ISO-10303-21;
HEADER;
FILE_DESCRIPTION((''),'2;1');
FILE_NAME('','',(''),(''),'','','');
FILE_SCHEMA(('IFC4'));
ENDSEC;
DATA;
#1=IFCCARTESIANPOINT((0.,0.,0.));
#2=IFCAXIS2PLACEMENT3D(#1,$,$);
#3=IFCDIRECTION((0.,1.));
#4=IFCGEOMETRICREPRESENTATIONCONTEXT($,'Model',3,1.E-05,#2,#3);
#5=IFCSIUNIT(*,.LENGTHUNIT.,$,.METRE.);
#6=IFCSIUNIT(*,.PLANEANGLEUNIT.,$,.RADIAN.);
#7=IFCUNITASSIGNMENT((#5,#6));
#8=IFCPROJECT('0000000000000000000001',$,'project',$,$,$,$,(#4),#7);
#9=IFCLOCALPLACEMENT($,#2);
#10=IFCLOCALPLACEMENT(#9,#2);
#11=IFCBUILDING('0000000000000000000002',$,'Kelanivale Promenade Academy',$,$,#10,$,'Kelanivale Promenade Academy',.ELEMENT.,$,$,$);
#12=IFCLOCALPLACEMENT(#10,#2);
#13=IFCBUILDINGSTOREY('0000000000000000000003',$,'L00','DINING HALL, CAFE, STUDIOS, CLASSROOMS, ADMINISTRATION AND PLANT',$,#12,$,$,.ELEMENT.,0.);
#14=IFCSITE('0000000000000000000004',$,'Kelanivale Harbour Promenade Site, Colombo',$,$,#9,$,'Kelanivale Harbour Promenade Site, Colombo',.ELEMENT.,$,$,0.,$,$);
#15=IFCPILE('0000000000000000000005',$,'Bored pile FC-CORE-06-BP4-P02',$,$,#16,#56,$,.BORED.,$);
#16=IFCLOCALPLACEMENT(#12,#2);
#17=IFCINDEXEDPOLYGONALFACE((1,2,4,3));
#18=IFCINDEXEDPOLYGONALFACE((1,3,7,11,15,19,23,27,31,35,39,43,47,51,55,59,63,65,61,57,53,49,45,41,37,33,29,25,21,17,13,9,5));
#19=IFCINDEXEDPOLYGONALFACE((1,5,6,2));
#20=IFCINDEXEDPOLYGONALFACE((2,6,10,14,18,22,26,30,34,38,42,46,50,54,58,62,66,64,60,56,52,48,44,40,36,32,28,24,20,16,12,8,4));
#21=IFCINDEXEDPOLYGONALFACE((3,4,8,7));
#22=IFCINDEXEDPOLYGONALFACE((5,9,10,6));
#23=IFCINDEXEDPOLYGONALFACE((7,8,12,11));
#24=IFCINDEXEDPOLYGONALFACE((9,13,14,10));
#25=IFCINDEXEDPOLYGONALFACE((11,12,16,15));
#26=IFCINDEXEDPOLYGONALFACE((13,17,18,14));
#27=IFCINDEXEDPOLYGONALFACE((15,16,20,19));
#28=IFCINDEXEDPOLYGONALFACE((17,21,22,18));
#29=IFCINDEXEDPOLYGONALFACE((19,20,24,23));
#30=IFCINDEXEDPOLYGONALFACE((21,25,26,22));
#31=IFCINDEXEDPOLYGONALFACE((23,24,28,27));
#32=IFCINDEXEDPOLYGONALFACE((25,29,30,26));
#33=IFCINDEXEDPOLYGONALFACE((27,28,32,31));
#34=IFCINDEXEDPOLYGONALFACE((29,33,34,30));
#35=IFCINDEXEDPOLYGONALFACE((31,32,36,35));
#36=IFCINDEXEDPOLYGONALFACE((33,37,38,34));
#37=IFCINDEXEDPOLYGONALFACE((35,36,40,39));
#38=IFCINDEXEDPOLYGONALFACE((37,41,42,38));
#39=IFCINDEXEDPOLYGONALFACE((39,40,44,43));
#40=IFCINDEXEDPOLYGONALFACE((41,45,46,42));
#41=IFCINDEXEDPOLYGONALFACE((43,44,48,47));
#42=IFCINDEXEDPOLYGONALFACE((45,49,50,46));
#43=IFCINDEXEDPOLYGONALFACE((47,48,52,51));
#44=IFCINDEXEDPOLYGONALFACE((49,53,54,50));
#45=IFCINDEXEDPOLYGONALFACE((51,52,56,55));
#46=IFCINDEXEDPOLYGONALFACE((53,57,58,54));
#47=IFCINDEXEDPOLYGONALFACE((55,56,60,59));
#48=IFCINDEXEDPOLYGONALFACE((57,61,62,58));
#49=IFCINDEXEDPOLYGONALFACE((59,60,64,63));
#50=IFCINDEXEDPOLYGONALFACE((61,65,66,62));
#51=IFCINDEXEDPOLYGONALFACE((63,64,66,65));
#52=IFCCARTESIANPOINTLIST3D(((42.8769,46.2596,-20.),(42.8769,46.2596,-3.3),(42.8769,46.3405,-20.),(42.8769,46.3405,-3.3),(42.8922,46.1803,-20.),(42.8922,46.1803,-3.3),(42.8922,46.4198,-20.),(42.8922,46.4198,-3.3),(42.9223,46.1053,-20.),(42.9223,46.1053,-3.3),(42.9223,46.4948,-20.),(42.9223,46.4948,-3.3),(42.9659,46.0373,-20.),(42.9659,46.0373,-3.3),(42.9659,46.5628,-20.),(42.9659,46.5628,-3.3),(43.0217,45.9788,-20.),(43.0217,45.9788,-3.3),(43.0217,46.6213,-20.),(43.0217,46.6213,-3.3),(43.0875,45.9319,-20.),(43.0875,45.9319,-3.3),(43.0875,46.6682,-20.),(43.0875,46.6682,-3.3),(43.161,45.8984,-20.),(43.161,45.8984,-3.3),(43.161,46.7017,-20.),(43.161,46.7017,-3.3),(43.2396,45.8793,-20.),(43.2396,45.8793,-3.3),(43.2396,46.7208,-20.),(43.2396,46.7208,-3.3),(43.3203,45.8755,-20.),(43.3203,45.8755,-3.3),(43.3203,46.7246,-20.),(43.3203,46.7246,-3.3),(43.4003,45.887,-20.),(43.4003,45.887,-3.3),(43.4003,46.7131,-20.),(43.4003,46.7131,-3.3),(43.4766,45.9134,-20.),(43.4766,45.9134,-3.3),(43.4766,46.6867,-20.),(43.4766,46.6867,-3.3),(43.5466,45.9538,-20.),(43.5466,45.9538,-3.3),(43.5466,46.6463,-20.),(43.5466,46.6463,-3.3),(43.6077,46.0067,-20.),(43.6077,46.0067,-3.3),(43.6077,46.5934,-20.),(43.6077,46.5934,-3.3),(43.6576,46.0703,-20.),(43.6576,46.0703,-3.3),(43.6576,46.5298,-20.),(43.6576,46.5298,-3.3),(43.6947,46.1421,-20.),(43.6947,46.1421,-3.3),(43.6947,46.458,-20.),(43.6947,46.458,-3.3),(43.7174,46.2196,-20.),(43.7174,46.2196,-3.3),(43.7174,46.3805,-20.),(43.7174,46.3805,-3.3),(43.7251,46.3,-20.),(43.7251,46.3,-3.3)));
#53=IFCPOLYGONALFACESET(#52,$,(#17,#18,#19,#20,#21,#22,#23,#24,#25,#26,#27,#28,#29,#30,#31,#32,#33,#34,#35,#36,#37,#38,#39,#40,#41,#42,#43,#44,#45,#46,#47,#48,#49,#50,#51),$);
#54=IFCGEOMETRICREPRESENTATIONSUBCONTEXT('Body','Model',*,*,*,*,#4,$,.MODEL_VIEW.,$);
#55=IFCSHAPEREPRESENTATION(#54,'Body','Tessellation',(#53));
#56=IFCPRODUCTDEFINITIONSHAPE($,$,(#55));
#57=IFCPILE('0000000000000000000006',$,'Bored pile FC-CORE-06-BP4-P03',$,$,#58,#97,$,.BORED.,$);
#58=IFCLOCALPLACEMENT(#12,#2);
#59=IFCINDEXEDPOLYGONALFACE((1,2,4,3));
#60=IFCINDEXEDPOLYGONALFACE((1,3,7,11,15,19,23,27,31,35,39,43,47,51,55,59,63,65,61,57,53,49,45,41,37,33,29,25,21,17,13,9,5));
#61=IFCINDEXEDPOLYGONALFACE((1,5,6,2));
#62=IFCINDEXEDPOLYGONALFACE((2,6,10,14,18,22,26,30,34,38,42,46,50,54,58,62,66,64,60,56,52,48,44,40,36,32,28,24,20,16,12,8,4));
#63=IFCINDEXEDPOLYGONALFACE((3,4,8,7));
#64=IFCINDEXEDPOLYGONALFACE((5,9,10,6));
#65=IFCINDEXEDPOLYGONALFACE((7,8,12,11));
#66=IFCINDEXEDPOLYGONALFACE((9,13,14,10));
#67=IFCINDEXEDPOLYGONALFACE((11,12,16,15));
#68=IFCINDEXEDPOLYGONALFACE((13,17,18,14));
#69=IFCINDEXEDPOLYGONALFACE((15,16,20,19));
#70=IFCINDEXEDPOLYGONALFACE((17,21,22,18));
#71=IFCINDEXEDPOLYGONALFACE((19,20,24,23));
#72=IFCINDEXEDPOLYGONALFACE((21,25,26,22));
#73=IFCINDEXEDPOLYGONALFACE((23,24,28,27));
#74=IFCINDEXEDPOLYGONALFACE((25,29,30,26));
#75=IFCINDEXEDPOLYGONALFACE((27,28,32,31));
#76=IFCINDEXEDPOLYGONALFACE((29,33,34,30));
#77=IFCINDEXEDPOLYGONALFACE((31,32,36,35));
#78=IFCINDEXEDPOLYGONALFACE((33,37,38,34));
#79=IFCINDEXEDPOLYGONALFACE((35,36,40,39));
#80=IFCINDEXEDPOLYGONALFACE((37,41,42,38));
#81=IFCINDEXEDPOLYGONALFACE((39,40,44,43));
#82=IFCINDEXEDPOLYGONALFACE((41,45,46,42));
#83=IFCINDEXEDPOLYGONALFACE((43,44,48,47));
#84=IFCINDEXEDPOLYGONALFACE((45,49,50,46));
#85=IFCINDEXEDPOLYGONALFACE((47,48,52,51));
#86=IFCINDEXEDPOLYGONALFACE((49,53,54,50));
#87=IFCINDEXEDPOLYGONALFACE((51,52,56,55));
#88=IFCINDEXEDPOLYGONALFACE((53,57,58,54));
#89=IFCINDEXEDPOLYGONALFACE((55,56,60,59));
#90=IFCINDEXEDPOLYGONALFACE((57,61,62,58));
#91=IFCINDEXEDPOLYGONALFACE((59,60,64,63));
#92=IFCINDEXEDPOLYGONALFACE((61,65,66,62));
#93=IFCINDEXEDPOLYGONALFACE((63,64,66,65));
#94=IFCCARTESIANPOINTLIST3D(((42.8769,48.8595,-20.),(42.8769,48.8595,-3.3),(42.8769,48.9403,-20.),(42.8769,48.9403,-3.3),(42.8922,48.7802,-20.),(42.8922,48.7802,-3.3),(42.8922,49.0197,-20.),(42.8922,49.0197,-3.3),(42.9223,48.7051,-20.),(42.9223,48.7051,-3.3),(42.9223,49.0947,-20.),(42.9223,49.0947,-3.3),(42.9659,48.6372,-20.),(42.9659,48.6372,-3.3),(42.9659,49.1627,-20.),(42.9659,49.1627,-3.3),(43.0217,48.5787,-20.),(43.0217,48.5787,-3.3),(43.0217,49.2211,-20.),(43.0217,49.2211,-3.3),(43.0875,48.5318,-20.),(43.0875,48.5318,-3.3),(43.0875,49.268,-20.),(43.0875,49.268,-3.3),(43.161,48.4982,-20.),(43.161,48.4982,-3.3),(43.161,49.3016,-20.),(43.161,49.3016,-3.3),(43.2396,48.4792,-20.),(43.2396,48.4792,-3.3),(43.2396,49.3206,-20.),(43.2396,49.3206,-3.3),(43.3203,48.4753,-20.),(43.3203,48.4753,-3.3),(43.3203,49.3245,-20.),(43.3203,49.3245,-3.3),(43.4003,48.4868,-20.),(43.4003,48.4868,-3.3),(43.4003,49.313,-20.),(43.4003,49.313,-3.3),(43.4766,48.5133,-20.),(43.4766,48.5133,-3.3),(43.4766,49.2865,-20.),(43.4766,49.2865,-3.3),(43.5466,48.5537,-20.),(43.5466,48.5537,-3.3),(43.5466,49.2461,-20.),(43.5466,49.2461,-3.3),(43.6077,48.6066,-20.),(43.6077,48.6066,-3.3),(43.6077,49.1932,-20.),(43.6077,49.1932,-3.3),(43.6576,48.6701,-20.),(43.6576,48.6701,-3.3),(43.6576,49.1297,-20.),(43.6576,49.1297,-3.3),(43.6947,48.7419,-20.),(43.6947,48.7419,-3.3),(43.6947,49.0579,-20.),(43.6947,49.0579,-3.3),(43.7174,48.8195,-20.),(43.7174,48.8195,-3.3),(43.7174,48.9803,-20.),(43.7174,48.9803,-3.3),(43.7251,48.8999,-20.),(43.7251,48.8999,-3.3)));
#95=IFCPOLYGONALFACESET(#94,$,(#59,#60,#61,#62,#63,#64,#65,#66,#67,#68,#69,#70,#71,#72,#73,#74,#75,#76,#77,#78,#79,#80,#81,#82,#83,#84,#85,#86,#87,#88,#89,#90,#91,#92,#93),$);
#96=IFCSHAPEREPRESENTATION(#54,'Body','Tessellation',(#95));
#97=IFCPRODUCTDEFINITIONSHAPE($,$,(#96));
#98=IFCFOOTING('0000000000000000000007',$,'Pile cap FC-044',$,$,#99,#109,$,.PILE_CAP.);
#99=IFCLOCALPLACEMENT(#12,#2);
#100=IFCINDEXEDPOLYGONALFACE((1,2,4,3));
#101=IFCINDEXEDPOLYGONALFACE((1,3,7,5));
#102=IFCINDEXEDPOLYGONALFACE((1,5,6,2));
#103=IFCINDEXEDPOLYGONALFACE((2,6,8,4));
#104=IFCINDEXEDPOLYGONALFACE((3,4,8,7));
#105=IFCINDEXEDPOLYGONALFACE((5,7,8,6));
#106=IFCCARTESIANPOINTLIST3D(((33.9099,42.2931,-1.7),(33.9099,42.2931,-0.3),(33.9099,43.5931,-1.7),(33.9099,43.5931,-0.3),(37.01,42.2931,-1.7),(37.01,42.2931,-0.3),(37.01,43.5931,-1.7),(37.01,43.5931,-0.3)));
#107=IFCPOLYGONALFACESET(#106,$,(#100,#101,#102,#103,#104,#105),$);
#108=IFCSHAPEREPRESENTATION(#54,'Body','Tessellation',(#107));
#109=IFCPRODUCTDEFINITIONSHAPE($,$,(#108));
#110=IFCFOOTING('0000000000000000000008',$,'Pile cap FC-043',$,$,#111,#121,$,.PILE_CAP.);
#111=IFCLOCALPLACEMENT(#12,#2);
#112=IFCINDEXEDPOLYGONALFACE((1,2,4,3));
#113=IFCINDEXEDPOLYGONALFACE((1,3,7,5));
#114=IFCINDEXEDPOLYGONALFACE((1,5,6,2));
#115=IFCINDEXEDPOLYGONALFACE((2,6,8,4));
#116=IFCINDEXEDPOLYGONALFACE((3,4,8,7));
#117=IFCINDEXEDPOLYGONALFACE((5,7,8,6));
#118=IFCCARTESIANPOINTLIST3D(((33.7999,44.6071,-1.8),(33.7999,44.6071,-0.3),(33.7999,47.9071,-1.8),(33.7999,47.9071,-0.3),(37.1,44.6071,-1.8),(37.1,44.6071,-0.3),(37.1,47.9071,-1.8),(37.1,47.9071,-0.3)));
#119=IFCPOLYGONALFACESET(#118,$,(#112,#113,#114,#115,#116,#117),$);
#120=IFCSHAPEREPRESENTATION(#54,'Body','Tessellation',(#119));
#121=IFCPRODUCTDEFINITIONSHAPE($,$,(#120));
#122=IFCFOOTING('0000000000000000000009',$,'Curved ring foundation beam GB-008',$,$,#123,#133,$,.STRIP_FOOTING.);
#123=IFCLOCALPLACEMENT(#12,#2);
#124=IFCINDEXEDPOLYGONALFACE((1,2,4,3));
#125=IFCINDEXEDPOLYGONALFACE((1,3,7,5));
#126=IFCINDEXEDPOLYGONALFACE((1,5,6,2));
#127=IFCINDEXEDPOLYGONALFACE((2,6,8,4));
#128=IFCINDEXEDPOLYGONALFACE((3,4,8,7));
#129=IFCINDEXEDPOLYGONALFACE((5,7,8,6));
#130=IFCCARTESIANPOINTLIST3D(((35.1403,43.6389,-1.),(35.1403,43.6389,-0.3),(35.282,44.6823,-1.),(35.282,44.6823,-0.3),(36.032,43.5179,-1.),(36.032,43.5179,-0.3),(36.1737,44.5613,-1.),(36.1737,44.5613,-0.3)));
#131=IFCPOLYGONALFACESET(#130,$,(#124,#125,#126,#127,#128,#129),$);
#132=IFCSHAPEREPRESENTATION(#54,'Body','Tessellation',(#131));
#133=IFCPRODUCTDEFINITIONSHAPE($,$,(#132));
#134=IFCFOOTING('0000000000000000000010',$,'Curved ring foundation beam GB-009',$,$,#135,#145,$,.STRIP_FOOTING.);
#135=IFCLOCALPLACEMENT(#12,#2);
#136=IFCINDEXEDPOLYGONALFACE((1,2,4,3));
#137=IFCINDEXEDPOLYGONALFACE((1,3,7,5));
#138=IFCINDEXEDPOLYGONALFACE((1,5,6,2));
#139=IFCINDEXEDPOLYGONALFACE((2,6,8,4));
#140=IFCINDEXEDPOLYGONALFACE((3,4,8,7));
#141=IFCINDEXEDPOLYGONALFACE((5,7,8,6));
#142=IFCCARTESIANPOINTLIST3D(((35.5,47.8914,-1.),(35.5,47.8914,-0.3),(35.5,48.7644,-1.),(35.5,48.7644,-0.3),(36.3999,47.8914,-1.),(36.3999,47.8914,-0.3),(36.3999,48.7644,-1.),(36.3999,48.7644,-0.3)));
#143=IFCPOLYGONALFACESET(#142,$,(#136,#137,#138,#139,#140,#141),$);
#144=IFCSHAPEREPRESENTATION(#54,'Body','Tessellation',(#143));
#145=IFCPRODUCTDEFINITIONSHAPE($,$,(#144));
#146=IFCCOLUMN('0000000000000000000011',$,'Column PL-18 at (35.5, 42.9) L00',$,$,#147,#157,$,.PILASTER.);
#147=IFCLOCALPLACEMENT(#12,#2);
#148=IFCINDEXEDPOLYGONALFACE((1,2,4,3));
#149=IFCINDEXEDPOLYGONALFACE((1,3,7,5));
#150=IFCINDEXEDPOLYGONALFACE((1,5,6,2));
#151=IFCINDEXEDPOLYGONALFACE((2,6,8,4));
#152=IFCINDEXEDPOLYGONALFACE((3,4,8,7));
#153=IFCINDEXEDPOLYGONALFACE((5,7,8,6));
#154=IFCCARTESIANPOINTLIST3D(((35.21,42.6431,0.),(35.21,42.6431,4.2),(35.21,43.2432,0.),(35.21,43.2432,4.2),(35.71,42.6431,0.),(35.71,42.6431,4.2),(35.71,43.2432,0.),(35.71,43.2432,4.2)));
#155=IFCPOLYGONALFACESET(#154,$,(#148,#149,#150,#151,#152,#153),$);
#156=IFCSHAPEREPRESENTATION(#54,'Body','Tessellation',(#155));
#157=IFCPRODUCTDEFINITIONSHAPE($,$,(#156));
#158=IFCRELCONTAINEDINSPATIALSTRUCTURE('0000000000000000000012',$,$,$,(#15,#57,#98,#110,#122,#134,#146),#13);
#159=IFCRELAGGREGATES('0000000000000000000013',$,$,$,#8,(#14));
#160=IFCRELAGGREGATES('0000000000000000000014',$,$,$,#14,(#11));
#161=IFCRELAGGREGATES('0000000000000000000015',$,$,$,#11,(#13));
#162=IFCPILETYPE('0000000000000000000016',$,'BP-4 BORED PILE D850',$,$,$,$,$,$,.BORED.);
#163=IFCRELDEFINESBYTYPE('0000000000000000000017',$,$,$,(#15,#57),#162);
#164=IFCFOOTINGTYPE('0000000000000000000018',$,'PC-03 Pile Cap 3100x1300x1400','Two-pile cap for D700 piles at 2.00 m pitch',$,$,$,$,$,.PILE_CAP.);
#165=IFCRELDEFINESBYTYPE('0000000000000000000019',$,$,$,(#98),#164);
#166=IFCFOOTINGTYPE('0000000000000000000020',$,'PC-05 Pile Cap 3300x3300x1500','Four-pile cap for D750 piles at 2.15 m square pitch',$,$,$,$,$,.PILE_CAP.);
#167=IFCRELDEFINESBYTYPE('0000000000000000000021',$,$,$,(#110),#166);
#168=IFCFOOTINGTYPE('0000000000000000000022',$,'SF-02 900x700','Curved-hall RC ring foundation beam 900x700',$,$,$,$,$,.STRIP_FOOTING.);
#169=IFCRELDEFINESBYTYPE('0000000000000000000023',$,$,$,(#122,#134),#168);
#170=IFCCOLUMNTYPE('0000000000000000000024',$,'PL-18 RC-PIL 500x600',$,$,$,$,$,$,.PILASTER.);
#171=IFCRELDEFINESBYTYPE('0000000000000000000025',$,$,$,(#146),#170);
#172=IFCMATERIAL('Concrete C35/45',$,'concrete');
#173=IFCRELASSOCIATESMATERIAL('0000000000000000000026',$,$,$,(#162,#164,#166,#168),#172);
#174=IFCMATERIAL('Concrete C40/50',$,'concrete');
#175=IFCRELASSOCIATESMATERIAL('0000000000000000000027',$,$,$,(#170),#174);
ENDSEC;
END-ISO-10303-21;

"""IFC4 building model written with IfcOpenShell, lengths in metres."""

from ifc_helpers import new_model, si_unit, direction, frame, origin, origin_2d, place, context, subcontext, project, spatial, rectangle, circle, extrude, material, material_profile, profile_set, type_object, element, save


model = new_model("IFC4")

# Units and contexts
model_context = context("Model", 3, precision=1e-05, world=origin(), true_north=direction((0.0, 1.0)))
body_context = subcontext(model_context, "Body", "Model", "MODEL_VIEW")
ifc_project = project(units=[si_unit("LENGTHUNIT", "METRE"), si_unit("PLANEANGLEUNIT", "RADIAN")], contexts=[model_context])

# Site, building, storey
site_placement = place(None, origin())
site = spatial("IfcSite", under=ifc_project, at=site_placement, Name="Kelanivale Harbour Promenade Site, Colombo", LongName="Kelanivale Harbour Promenade Site, Colombo", CompositionType="ELEMENT", RefElevation=0.0)
building_placement = place(site_placement, origin())
building = spatial("IfcBuilding", under=site, at=building_placement, Name="Kelanivale Promenade Academy", LongName="Kelanivale Promenade Academy", CompositionType="ELEMENT")
storey_placement = place(building_placement, origin())
storey = spatial("IfcBuildingStorey", under=building, at=storey_placement, Name="L00", Description="DINING HALL, CAFE, STUDIOS, CLASSROOMS, ADMINISTRATION AND PLANT", CompositionType="ELEMENT", Elevation=0.0)

# Piles
ifc_material_1 = material(Name="Concrete C35/45", Category="concrete")
ifc_material_profile_1 = material_profile(ifc_material_1, circle(Radius=0.425, at=origin_2d()), Name="BORED PILE D850")
ifc_profile_set_1 = profile_set([ifc_material_profile_1], Name="Concrete C35/45")
pile_type_1 = type_object("IfcPileType", Name="BP-4 BORED PILE D850", PredefinedType="BORED", material=ifc_profile_set_1)
for number, where, z_axis, x_axis, name in (
    (1, (43.3, 46.3, -3.3), (0.0, 0.0, -1.0), (1.0, 0.0, 0.0), "Bored pile FC-CORE-06-BP4-P02"),
    (2, (43.3, 48.8999, -3.3), (0.0, 0.0, -1.0), (1.0, 0.0, 0.0), "Bored pile FC-CORE-06-BP4-P03"),
):
    element("IfcPile", number, at=place(storey_placement, frame(where, z_axis=z_axis, x_axis=x_axis)), inside=storey, type_object=pile_type_1, Name=name, PredefinedType="BORED", context=body_context, shape_type="SweptSolid", body=[
        extrude(circle(Radius=0.425, at=origin_2d()), origin(), (0.0, 0.0, 1.0), 16.7),
    ])

# Footings
footing_type_1 = type_object("IfcFootingType", Name="PC-03 Pile Cap 3100x1300x1400", Description="Two-pile cap for D700 piles at 2.00 m pitch", PredefinedType="PILE_CAP", material=ifc_material_1)
footing_1_placement = place(storey_placement, frame((35.46, 42.9431, -1.7), z_axis=(0.0, 0.0, 1.0), x_axis=(1.0, 0.0, 0.0)))
element("IfcFooting", 3, at=footing_1_placement, inside=storey, type_object=footing_type_1, Name="Pile cap FC-044", PredefinedType="PILE_CAP", context=body_context, shape_type="SweptSolid", body=[
    extrude(rectangle(XDim=3.1001, YDim=1.3, at=origin_2d()), origin(), (0.0, 0.0, 1.0), 1.3999),
])
footing_type_2 = type_object("IfcFootingType", Name="PC-05 Pile Cap 3300x3300x1500", Description="Four-pile cap for D750 piles at 2.15 m square pitch", PredefinedType="PILE_CAP", material=ifc_material_1)
footing_2_placement = place(storey_placement, frame((35.45, 46.2571, -1.8), z_axis=(0.0, 0.0, 1.0), x_axis=(1.0, 0.0, 0.0)))
element("IfcFooting", 4, at=footing_2_placement, inside=storey, type_object=footing_type_2, Name="Pile cap FC-043", PredefinedType="PILE_CAP", context=body_context, shape_type="SweptSolid", body=[
    extrude(rectangle(XDim=3.3, YDim=3.3, at=origin_2d()), origin(), (0.0, 0.0, 1.0), 1.5),
])
footing_type_3 = type_object("IfcFootingType", Name="SF-02 900x700", Description="Curved-hall RC ring foundation beam 900x700", PredefinedType="STRIP_FOOTING", material=ifc_material_1)
footing_3_placement = place(storey_placement, frame((35.657, 44.1001, -1.0), z_axis=(0.0, 0.0, 1.0), x_axis=(0.134557, 0.990906, 0.0)))
element("IfcFooting", 5, at=footing_3_placement, inside=storey, type_object=footing_type_3, Name="Curved ring foundation beam GB-008", PredefinedType="STRIP_FOOTING", context=body_context, shape_type="SweptSolid", body=[
    extrude(rectangle(XDim=1.053, YDim=0.8999, at=origin_2d()), origin(), (0.0, 0.0, 1.0), 0.7),
])
footing_4_placement = place(storey_placement, frame((35.95, 48.3279, -1.0), z_axis=(0.0, 0.0, 1.0), x_axis=(0.0, 1.0, 0.0)))
element("IfcFooting", 6, at=footing_4_placement, inside=storey, type_object=footing_type_3, Name="Curved ring foundation beam GB-009", PredefinedType="STRIP_FOOTING", context=body_context, shape_type="SweptSolid", body=[
    extrude(rectangle(XDim=0.873, YDim=0.8999, at=origin_2d()), origin(), (0.0, 0.0, 1.0), 0.7),
])

# Column
ifc_material_2 = material(Name="Concrete C40/50", Category="concrete")
ifc_material_profile_2 = material_profile(ifc_material_2, rectangle(XDim=0.5, YDim=0.6001, at=origin_2d()), Name="RC-PIL 500x600")
ifc_profile_set_2 = profile_set([ifc_material_profile_2], Name="Concrete C40/50")
column_type_1 = type_object("IfcColumnType", Name="PL-18 RC-PIL 500x600", PredefinedType="PILASTER", material=ifc_profile_set_2)
column_1_placement = place(storey_placement, frame((35.46, 42.9431, 0.0), z_axis=(0.0, 0.0, 1.0), x_axis=(1.0, 0.0, 0.0)))
element("IfcColumn", 7, at=column_1_placement, inside=storey, type_object=column_type_1, Name="Column PL-18 at (35.5, 42.9) L00", PredefinedType="PILASTER", context=body_context, shape_type="SweptSolid", body=[
    extrude(rectangle(XDim=0.5, YDim=0.6001, at=origin_2d()), origin(), (0.0, 0.0, 1.0), 4.2),
])

save(model, "model.ifc")
